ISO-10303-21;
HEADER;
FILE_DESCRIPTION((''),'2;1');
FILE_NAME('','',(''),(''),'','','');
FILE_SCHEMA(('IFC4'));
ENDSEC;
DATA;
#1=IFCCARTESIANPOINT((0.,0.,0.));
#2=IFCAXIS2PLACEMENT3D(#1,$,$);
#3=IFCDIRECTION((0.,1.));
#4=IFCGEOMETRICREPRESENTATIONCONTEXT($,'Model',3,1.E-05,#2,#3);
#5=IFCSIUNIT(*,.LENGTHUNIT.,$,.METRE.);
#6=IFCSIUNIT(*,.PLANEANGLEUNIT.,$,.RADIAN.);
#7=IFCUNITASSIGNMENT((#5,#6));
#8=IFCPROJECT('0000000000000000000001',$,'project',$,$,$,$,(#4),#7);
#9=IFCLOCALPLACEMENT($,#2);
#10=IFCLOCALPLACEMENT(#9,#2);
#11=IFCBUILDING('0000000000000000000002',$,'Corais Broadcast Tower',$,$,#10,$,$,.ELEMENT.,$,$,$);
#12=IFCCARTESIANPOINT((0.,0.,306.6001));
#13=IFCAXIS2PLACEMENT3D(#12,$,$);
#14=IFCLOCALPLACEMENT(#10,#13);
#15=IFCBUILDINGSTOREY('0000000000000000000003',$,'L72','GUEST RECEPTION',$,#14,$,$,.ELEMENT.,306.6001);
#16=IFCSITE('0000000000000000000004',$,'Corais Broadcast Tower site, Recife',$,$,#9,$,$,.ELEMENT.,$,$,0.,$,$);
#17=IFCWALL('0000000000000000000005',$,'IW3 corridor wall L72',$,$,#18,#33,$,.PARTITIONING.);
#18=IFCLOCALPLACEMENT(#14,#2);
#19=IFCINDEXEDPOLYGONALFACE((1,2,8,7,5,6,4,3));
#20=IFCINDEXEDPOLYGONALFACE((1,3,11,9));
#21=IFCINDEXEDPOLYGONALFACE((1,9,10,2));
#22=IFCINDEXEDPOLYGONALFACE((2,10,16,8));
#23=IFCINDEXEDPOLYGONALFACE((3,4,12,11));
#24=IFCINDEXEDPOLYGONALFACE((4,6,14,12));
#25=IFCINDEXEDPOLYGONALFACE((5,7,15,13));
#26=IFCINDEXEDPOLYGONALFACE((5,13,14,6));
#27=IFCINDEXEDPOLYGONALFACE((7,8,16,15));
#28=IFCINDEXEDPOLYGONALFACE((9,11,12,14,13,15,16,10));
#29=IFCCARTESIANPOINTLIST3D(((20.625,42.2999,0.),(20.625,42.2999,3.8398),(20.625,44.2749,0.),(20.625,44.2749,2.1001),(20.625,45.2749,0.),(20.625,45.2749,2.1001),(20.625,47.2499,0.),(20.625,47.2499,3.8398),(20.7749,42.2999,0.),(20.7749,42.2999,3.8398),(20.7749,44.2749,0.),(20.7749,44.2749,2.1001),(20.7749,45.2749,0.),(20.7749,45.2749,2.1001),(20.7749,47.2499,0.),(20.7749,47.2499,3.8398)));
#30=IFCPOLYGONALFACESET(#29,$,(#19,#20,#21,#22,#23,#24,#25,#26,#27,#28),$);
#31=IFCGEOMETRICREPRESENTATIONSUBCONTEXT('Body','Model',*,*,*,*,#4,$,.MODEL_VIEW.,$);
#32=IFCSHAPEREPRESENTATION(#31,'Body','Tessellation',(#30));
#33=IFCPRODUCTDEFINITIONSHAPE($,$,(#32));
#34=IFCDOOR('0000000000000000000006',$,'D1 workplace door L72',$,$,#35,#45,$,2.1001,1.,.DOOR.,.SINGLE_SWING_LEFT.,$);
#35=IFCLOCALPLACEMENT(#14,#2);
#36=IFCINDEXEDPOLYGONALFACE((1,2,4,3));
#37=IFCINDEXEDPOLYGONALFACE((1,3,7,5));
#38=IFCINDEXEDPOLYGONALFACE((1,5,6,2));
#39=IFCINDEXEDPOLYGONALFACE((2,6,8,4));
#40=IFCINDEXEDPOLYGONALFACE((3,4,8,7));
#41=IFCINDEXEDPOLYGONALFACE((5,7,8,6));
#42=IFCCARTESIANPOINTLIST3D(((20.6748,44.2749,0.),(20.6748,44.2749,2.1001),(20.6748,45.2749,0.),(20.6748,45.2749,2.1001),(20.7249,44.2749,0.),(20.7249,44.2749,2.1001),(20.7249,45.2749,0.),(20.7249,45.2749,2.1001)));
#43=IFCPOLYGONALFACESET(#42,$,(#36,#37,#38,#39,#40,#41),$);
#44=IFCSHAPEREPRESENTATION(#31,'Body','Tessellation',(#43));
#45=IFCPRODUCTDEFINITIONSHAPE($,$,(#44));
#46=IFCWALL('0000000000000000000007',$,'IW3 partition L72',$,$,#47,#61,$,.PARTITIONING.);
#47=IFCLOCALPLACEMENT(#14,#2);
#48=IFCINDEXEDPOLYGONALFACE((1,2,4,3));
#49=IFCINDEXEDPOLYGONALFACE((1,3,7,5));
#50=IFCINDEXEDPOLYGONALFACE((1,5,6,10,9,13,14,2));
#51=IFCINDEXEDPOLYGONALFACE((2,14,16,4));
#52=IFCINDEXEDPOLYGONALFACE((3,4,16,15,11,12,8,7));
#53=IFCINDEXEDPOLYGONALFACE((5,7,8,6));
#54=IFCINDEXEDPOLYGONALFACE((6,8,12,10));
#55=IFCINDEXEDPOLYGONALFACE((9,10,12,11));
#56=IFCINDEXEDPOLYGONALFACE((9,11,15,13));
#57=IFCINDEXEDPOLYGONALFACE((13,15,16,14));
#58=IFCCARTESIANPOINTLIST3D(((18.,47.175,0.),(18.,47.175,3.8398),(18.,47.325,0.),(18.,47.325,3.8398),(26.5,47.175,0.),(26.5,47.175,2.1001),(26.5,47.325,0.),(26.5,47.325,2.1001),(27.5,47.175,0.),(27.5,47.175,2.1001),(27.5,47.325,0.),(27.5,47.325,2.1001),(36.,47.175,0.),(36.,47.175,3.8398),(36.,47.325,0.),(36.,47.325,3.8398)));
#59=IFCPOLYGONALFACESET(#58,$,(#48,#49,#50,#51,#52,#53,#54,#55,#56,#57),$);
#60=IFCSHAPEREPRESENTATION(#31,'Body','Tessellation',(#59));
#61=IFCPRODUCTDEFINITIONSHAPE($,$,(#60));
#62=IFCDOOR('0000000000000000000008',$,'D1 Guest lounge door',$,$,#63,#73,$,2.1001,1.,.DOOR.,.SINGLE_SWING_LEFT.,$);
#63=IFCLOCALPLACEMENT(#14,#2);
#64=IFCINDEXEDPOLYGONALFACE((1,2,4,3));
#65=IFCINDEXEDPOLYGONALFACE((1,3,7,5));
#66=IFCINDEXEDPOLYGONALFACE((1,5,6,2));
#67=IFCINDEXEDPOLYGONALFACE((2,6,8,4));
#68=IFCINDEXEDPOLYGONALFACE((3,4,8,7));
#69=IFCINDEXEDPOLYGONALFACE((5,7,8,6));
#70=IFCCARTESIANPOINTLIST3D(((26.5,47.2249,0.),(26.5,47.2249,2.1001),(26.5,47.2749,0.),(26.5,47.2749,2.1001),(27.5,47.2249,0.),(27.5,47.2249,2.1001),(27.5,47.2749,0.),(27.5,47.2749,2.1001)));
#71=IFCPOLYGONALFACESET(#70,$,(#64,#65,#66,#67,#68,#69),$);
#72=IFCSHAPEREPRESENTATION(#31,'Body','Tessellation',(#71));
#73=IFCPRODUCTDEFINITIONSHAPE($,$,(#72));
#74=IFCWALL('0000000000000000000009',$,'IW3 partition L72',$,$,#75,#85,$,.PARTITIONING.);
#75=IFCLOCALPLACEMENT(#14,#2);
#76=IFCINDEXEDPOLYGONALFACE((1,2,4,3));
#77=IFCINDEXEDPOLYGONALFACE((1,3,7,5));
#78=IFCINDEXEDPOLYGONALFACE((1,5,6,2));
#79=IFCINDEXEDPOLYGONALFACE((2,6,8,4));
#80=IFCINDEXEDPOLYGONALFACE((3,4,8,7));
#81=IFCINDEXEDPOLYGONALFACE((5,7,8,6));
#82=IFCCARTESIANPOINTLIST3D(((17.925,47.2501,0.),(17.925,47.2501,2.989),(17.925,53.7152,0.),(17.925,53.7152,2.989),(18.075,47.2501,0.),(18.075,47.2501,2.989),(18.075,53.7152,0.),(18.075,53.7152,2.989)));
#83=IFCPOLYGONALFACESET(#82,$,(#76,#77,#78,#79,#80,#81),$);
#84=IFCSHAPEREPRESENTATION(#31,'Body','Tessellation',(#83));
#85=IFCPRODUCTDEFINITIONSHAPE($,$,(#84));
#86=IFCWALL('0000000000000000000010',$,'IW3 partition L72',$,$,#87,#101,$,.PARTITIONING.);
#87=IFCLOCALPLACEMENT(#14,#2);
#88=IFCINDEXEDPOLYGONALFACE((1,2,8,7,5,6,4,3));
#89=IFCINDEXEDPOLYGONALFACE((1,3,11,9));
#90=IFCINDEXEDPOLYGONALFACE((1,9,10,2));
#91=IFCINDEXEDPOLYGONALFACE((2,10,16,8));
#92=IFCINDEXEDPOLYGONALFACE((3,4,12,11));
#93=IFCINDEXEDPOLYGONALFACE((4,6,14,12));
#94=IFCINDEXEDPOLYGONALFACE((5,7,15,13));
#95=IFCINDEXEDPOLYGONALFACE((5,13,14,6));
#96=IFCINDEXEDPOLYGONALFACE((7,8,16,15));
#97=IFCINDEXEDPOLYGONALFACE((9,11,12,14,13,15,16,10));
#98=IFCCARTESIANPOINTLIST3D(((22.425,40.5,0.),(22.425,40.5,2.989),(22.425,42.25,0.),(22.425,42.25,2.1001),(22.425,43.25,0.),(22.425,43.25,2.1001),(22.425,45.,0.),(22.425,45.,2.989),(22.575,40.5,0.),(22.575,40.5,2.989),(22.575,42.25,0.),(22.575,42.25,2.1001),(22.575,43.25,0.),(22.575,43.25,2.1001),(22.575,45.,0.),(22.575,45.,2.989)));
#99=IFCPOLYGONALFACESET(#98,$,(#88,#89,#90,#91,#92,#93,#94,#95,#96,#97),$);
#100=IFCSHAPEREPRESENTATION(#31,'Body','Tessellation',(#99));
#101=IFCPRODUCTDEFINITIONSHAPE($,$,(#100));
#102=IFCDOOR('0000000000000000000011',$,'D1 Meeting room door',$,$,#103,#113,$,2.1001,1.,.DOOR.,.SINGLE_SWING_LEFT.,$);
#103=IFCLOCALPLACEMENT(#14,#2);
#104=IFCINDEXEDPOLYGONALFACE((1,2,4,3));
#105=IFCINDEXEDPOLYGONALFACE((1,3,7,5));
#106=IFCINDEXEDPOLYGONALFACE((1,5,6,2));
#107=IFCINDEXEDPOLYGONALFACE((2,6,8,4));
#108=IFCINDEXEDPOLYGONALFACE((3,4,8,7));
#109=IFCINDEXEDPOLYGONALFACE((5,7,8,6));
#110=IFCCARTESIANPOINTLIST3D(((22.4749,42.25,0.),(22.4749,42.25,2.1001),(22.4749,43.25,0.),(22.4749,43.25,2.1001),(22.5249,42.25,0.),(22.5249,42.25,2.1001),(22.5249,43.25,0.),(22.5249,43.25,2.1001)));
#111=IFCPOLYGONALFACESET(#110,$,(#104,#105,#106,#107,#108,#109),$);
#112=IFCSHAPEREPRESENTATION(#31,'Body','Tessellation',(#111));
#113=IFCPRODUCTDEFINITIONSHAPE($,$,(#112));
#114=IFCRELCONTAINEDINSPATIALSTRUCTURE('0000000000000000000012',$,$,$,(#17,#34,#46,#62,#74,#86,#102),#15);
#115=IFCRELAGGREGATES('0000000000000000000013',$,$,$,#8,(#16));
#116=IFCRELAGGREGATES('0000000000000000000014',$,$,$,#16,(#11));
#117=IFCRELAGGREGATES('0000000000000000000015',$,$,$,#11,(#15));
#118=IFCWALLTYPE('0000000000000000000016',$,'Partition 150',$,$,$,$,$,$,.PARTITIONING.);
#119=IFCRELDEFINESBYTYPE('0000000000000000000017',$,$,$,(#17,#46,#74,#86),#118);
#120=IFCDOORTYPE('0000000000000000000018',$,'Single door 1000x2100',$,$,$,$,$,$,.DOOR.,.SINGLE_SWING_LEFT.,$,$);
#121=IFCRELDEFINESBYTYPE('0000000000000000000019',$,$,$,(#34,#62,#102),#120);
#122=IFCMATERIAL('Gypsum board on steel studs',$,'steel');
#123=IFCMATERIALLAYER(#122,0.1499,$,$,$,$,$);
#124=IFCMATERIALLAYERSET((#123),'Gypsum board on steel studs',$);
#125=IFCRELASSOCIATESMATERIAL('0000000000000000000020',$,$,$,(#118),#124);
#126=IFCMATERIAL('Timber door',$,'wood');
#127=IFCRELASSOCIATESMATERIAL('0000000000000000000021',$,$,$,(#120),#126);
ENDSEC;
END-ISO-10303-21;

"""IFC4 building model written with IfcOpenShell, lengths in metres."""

from ifc_helpers import new_model, si_unit, direction, frame, frame_2d, origin, place, context, subcontext, project, spatial, rectangle, extrude, material, layer, layer_set, type_object, element, fill, save


model = new_model("IFC4")

# Units and contexts
model_context = context("Model", 3, precision=1e-05, world=origin(), true_north=direction((0.0, 1.0)))
body_context = subcontext(model_context, "Body", "Model", "MODEL_VIEW")
ifc_project = project(units=[si_unit("LENGTHUNIT", "METRE"), si_unit("PLANEANGLEUNIT", "RADIAN")], contexts=[model_context])

# Site, building, storey
site_placement = place(None, origin())
site = spatial("IfcSite", under=ifc_project, at=site_placement, Name="Corais Broadcast Tower site, Recife", CompositionType="ELEMENT", RefElevation=0.0)
building_placement = place(site_placement, origin())
building = spatial("IfcBuilding", under=site, at=building_placement, Name="Corais Broadcast Tower", CompositionType="ELEMENT")
storey_placement = place(building_placement, frame((0.0, 0.0, 306.6001)))
storey = spatial("IfcBuildingStorey", under=building, at=storey_placement, Name="L72", Description="GUEST RECEPTION", CompositionType="ELEMENT", Elevation=306.6001)

# Shared definitions
ifc_material_1 = material(Name="Gypsum board on steel studs", Category="steel")
ifc_layer_1 = layer(ifc_material_1, 0.1499)
ifc_layer_set_1 = layer_set([ifc_layer_1], Name="Gypsum board on steel studs")
wall_type = type_object("IfcWallType", Name="Partition 150", PredefinedType="PARTITIONING", material=ifc_layer_set_1)

# Walls, openings, doors
wall_1_placement = place(storey_placement, frame((20.7, 47.25, 0.0), z_axis=(0.0, 0.0, 1.0), x_axis=(0.0, -1.0, 0.0)))
wall_1 = element("IfcWall", 1, at=wall_1_placement, inside=storey, type_object=wall_type, Name="IW3 corridor wall L72", PredefinedType="PARTITIONING", context=body_context, shape_type="SweptSolid", body=[
    extrude(rectangle(XDim=4.95, YDim=0.1499, at=frame_2d((2.4751, 0.0))), origin(), (0.0, 0.0, 1.0), 3.8398),
])
opening_1_placement = place(wall_1_placement, frame((1.9751, 0.0, 0.0)))
opening_1 = element("IfcOpeningElement", 2, at=opening_1_placement, cuts=wall_1, PredefinedType="OPENING", context=body_context, shape_type="SweptSolid", body=[
    extrude(rectangle(XDim=1.0, YDim=2.1001, at=frame_2d((0.5, 1.05))), frame((0.0, 0.085, 0.0), z_axis=(0.0, -1.0, 0.0), x_axis=(1.0, 0.0, 0.0)), (0.0, 0.0, 1.0), 0.1699),
])
ifc_material_2 = material(Name="Timber door", Category="wood")
door_type = type_object("IfcDoorType", Name="Single door 1000x2100", OperationType="SINGLE_SWING_LEFT", PredefinedType="DOOR", material=ifc_material_2)
door_1_placement = place(opening_1_placement, origin())
door_1 = element("IfcDoor", 3, at=door_1_placement, inside=storey, type_object=door_type, Name="D1 workplace door L72", OperationType="SINGLE_SWING_LEFT", OverallHeight=2.1001, OverallWidth=1.0, PredefinedType="DOOR", context=body_context, shape_type="SweptSolid", body=[
    extrude(rectangle(XDim=1.0, YDim=2.1001, at=frame_2d((0.5, 1.05))), frame((0.0, 0.0249, 0.0), z_axis=(0.0, -1.0, 0.0), x_axis=(1.0, 0.0, 0.0)), (0.0, 0.0, 1.0), 0.05),
])
fill(opening_1, door_1)
wall_2_placement = place(storey_placement, frame((18.0, 47.25, 0.0), z_axis=(0.0, 0.0, 1.0), x_axis=(1.0, 0.0, 0.0)))
wall_2 = element("IfcWall", 4, at=wall_2_placement, inside=storey, type_object=wall_type, Name="IW3 partition L72", PredefinedType="PARTITIONING", context=body_context, shape_type="SweptSolid", body=[
    extrude(rectangle(XDim=18.0, YDim=0.1499, at=frame_2d((9.0, 0.0))), origin(), (0.0, 0.0, 1.0), 3.8398),
])
opening_2_placement = place(wall_2_placement, frame((8.5, 0.0, 0.0)))
opening_2 = element("IfcOpeningElement", 5, at=opening_2_placement, cuts=wall_2, PredefinedType="OPENING", context=body_context, shape_type="SweptSolid", body=[
    extrude(rectangle(XDim=1.0, YDim=2.1001, at=frame_2d((0.5, 1.05))), frame((0.0, 0.085, 0.0), z_axis=(0.0, -1.0, 0.0), x_axis=(1.0, 0.0, 0.0)), (0.0, 0.0, 1.0), 0.1699),
])
door_2_placement = place(opening_2_placement, origin())
door_2 = element("IfcDoor", 6, at=door_2_placement, inside=storey, type_object=door_type, Name="D1 Guest lounge door", OperationType="SINGLE_SWING_LEFT", OverallHeight=2.1001, OverallWidth=1.0, PredefinedType="DOOR", context=body_context, shape_type="SweptSolid", body=[
    extrude(rectangle(XDim=1.0, YDim=2.1001, at=frame_2d((0.5, 1.05))), frame((0.0, 0.0249, 0.0), z_axis=(0.0, -1.0, 0.0), x_axis=(1.0, 0.0, 0.0)), (0.0, 0.0, 1.0), 0.05),
])
fill(opening_2, door_2)

# Wall
wall_3_placement = place(storey_placement, frame((18.0, 53.7151, 0.0), z_axis=(0.0, 0.0, 1.0), x_axis=(0.0, -1.0, 0.0)))
element("IfcWall", 7, at=wall_3_placement, inside=storey, type_object=wall_type, Name="IW3 partition L72", PredefinedType="PARTITIONING", context=body_context, shape_type="SweptSolid", body=[
    extrude(rectangle(XDim=6.4651, YDim=0.1499, at=frame_2d((3.2324, 0.0))), origin(), (0.0, 0.0, 1.0), 2.989),
])

# Wall, opening, door
wall_4_placement = place(storey_placement, frame((22.5, 45.0, 0.0), z_axis=(0.0, 0.0, 1.0), x_axis=(0.0, -1.0, 0.0)))
wall_4 = element("IfcWall", 8, at=wall_4_placement, inside=storey, type_object=wall_type, Name="IW3 partition L72", PredefinedType="PARTITIONING", context=body_context, shape_type="SweptSolid", body=[
    extrude(rectangle(XDim=4.5, YDim=0.1499, at=frame_2d((2.25, 0.0))), origin(), (0.0, 0.0, 1.0), 2.989),
])
opening_3_placement = place(wall_4_placement, frame((1.75, 0.0, 0.0)))
opening_3 = element("IfcOpeningElement", 9, at=opening_3_placement, cuts=wall_4, PredefinedType="OPENING", context=body_context, shape_type="SweptSolid", body=[
    extrude(rectangle(XDim=1.0, YDim=2.1001, at=frame_2d((0.5, 1.05))), frame((0.0, 0.085, 0.0), z_axis=(0.0, -1.0, 0.0), x_axis=(1.0, 0.0, 0.0)), (0.0, 0.0, 1.0), 0.1699),
])
door_3_placement = place(opening_3_placement, origin())
door_3 = element("IfcDoor", 10, at=door_3_placement, inside=storey, type_object=door_type, Name="D1 Meeting room door", OperationType="SINGLE_SWING_LEFT", OverallHeight=2.1001, OverallWidth=1.0, PredefinedType="DOOR", context=body_context, shape_type="SweptSolid", body=[
    extrude(rectangle(XDim=1.0, YDim=2.1001, at=frame_2d((0.5, 1.05))), frame((0.0, 0.0249, 0.0), z_axis=(0.0, -1.0, 0.0), x_axis=(1.0, 0.0, 0.0)), (0.0, 0.0, 1.0), 0.05),
])
fill(opening_3, door_3)

save(model, "model.ifc")
